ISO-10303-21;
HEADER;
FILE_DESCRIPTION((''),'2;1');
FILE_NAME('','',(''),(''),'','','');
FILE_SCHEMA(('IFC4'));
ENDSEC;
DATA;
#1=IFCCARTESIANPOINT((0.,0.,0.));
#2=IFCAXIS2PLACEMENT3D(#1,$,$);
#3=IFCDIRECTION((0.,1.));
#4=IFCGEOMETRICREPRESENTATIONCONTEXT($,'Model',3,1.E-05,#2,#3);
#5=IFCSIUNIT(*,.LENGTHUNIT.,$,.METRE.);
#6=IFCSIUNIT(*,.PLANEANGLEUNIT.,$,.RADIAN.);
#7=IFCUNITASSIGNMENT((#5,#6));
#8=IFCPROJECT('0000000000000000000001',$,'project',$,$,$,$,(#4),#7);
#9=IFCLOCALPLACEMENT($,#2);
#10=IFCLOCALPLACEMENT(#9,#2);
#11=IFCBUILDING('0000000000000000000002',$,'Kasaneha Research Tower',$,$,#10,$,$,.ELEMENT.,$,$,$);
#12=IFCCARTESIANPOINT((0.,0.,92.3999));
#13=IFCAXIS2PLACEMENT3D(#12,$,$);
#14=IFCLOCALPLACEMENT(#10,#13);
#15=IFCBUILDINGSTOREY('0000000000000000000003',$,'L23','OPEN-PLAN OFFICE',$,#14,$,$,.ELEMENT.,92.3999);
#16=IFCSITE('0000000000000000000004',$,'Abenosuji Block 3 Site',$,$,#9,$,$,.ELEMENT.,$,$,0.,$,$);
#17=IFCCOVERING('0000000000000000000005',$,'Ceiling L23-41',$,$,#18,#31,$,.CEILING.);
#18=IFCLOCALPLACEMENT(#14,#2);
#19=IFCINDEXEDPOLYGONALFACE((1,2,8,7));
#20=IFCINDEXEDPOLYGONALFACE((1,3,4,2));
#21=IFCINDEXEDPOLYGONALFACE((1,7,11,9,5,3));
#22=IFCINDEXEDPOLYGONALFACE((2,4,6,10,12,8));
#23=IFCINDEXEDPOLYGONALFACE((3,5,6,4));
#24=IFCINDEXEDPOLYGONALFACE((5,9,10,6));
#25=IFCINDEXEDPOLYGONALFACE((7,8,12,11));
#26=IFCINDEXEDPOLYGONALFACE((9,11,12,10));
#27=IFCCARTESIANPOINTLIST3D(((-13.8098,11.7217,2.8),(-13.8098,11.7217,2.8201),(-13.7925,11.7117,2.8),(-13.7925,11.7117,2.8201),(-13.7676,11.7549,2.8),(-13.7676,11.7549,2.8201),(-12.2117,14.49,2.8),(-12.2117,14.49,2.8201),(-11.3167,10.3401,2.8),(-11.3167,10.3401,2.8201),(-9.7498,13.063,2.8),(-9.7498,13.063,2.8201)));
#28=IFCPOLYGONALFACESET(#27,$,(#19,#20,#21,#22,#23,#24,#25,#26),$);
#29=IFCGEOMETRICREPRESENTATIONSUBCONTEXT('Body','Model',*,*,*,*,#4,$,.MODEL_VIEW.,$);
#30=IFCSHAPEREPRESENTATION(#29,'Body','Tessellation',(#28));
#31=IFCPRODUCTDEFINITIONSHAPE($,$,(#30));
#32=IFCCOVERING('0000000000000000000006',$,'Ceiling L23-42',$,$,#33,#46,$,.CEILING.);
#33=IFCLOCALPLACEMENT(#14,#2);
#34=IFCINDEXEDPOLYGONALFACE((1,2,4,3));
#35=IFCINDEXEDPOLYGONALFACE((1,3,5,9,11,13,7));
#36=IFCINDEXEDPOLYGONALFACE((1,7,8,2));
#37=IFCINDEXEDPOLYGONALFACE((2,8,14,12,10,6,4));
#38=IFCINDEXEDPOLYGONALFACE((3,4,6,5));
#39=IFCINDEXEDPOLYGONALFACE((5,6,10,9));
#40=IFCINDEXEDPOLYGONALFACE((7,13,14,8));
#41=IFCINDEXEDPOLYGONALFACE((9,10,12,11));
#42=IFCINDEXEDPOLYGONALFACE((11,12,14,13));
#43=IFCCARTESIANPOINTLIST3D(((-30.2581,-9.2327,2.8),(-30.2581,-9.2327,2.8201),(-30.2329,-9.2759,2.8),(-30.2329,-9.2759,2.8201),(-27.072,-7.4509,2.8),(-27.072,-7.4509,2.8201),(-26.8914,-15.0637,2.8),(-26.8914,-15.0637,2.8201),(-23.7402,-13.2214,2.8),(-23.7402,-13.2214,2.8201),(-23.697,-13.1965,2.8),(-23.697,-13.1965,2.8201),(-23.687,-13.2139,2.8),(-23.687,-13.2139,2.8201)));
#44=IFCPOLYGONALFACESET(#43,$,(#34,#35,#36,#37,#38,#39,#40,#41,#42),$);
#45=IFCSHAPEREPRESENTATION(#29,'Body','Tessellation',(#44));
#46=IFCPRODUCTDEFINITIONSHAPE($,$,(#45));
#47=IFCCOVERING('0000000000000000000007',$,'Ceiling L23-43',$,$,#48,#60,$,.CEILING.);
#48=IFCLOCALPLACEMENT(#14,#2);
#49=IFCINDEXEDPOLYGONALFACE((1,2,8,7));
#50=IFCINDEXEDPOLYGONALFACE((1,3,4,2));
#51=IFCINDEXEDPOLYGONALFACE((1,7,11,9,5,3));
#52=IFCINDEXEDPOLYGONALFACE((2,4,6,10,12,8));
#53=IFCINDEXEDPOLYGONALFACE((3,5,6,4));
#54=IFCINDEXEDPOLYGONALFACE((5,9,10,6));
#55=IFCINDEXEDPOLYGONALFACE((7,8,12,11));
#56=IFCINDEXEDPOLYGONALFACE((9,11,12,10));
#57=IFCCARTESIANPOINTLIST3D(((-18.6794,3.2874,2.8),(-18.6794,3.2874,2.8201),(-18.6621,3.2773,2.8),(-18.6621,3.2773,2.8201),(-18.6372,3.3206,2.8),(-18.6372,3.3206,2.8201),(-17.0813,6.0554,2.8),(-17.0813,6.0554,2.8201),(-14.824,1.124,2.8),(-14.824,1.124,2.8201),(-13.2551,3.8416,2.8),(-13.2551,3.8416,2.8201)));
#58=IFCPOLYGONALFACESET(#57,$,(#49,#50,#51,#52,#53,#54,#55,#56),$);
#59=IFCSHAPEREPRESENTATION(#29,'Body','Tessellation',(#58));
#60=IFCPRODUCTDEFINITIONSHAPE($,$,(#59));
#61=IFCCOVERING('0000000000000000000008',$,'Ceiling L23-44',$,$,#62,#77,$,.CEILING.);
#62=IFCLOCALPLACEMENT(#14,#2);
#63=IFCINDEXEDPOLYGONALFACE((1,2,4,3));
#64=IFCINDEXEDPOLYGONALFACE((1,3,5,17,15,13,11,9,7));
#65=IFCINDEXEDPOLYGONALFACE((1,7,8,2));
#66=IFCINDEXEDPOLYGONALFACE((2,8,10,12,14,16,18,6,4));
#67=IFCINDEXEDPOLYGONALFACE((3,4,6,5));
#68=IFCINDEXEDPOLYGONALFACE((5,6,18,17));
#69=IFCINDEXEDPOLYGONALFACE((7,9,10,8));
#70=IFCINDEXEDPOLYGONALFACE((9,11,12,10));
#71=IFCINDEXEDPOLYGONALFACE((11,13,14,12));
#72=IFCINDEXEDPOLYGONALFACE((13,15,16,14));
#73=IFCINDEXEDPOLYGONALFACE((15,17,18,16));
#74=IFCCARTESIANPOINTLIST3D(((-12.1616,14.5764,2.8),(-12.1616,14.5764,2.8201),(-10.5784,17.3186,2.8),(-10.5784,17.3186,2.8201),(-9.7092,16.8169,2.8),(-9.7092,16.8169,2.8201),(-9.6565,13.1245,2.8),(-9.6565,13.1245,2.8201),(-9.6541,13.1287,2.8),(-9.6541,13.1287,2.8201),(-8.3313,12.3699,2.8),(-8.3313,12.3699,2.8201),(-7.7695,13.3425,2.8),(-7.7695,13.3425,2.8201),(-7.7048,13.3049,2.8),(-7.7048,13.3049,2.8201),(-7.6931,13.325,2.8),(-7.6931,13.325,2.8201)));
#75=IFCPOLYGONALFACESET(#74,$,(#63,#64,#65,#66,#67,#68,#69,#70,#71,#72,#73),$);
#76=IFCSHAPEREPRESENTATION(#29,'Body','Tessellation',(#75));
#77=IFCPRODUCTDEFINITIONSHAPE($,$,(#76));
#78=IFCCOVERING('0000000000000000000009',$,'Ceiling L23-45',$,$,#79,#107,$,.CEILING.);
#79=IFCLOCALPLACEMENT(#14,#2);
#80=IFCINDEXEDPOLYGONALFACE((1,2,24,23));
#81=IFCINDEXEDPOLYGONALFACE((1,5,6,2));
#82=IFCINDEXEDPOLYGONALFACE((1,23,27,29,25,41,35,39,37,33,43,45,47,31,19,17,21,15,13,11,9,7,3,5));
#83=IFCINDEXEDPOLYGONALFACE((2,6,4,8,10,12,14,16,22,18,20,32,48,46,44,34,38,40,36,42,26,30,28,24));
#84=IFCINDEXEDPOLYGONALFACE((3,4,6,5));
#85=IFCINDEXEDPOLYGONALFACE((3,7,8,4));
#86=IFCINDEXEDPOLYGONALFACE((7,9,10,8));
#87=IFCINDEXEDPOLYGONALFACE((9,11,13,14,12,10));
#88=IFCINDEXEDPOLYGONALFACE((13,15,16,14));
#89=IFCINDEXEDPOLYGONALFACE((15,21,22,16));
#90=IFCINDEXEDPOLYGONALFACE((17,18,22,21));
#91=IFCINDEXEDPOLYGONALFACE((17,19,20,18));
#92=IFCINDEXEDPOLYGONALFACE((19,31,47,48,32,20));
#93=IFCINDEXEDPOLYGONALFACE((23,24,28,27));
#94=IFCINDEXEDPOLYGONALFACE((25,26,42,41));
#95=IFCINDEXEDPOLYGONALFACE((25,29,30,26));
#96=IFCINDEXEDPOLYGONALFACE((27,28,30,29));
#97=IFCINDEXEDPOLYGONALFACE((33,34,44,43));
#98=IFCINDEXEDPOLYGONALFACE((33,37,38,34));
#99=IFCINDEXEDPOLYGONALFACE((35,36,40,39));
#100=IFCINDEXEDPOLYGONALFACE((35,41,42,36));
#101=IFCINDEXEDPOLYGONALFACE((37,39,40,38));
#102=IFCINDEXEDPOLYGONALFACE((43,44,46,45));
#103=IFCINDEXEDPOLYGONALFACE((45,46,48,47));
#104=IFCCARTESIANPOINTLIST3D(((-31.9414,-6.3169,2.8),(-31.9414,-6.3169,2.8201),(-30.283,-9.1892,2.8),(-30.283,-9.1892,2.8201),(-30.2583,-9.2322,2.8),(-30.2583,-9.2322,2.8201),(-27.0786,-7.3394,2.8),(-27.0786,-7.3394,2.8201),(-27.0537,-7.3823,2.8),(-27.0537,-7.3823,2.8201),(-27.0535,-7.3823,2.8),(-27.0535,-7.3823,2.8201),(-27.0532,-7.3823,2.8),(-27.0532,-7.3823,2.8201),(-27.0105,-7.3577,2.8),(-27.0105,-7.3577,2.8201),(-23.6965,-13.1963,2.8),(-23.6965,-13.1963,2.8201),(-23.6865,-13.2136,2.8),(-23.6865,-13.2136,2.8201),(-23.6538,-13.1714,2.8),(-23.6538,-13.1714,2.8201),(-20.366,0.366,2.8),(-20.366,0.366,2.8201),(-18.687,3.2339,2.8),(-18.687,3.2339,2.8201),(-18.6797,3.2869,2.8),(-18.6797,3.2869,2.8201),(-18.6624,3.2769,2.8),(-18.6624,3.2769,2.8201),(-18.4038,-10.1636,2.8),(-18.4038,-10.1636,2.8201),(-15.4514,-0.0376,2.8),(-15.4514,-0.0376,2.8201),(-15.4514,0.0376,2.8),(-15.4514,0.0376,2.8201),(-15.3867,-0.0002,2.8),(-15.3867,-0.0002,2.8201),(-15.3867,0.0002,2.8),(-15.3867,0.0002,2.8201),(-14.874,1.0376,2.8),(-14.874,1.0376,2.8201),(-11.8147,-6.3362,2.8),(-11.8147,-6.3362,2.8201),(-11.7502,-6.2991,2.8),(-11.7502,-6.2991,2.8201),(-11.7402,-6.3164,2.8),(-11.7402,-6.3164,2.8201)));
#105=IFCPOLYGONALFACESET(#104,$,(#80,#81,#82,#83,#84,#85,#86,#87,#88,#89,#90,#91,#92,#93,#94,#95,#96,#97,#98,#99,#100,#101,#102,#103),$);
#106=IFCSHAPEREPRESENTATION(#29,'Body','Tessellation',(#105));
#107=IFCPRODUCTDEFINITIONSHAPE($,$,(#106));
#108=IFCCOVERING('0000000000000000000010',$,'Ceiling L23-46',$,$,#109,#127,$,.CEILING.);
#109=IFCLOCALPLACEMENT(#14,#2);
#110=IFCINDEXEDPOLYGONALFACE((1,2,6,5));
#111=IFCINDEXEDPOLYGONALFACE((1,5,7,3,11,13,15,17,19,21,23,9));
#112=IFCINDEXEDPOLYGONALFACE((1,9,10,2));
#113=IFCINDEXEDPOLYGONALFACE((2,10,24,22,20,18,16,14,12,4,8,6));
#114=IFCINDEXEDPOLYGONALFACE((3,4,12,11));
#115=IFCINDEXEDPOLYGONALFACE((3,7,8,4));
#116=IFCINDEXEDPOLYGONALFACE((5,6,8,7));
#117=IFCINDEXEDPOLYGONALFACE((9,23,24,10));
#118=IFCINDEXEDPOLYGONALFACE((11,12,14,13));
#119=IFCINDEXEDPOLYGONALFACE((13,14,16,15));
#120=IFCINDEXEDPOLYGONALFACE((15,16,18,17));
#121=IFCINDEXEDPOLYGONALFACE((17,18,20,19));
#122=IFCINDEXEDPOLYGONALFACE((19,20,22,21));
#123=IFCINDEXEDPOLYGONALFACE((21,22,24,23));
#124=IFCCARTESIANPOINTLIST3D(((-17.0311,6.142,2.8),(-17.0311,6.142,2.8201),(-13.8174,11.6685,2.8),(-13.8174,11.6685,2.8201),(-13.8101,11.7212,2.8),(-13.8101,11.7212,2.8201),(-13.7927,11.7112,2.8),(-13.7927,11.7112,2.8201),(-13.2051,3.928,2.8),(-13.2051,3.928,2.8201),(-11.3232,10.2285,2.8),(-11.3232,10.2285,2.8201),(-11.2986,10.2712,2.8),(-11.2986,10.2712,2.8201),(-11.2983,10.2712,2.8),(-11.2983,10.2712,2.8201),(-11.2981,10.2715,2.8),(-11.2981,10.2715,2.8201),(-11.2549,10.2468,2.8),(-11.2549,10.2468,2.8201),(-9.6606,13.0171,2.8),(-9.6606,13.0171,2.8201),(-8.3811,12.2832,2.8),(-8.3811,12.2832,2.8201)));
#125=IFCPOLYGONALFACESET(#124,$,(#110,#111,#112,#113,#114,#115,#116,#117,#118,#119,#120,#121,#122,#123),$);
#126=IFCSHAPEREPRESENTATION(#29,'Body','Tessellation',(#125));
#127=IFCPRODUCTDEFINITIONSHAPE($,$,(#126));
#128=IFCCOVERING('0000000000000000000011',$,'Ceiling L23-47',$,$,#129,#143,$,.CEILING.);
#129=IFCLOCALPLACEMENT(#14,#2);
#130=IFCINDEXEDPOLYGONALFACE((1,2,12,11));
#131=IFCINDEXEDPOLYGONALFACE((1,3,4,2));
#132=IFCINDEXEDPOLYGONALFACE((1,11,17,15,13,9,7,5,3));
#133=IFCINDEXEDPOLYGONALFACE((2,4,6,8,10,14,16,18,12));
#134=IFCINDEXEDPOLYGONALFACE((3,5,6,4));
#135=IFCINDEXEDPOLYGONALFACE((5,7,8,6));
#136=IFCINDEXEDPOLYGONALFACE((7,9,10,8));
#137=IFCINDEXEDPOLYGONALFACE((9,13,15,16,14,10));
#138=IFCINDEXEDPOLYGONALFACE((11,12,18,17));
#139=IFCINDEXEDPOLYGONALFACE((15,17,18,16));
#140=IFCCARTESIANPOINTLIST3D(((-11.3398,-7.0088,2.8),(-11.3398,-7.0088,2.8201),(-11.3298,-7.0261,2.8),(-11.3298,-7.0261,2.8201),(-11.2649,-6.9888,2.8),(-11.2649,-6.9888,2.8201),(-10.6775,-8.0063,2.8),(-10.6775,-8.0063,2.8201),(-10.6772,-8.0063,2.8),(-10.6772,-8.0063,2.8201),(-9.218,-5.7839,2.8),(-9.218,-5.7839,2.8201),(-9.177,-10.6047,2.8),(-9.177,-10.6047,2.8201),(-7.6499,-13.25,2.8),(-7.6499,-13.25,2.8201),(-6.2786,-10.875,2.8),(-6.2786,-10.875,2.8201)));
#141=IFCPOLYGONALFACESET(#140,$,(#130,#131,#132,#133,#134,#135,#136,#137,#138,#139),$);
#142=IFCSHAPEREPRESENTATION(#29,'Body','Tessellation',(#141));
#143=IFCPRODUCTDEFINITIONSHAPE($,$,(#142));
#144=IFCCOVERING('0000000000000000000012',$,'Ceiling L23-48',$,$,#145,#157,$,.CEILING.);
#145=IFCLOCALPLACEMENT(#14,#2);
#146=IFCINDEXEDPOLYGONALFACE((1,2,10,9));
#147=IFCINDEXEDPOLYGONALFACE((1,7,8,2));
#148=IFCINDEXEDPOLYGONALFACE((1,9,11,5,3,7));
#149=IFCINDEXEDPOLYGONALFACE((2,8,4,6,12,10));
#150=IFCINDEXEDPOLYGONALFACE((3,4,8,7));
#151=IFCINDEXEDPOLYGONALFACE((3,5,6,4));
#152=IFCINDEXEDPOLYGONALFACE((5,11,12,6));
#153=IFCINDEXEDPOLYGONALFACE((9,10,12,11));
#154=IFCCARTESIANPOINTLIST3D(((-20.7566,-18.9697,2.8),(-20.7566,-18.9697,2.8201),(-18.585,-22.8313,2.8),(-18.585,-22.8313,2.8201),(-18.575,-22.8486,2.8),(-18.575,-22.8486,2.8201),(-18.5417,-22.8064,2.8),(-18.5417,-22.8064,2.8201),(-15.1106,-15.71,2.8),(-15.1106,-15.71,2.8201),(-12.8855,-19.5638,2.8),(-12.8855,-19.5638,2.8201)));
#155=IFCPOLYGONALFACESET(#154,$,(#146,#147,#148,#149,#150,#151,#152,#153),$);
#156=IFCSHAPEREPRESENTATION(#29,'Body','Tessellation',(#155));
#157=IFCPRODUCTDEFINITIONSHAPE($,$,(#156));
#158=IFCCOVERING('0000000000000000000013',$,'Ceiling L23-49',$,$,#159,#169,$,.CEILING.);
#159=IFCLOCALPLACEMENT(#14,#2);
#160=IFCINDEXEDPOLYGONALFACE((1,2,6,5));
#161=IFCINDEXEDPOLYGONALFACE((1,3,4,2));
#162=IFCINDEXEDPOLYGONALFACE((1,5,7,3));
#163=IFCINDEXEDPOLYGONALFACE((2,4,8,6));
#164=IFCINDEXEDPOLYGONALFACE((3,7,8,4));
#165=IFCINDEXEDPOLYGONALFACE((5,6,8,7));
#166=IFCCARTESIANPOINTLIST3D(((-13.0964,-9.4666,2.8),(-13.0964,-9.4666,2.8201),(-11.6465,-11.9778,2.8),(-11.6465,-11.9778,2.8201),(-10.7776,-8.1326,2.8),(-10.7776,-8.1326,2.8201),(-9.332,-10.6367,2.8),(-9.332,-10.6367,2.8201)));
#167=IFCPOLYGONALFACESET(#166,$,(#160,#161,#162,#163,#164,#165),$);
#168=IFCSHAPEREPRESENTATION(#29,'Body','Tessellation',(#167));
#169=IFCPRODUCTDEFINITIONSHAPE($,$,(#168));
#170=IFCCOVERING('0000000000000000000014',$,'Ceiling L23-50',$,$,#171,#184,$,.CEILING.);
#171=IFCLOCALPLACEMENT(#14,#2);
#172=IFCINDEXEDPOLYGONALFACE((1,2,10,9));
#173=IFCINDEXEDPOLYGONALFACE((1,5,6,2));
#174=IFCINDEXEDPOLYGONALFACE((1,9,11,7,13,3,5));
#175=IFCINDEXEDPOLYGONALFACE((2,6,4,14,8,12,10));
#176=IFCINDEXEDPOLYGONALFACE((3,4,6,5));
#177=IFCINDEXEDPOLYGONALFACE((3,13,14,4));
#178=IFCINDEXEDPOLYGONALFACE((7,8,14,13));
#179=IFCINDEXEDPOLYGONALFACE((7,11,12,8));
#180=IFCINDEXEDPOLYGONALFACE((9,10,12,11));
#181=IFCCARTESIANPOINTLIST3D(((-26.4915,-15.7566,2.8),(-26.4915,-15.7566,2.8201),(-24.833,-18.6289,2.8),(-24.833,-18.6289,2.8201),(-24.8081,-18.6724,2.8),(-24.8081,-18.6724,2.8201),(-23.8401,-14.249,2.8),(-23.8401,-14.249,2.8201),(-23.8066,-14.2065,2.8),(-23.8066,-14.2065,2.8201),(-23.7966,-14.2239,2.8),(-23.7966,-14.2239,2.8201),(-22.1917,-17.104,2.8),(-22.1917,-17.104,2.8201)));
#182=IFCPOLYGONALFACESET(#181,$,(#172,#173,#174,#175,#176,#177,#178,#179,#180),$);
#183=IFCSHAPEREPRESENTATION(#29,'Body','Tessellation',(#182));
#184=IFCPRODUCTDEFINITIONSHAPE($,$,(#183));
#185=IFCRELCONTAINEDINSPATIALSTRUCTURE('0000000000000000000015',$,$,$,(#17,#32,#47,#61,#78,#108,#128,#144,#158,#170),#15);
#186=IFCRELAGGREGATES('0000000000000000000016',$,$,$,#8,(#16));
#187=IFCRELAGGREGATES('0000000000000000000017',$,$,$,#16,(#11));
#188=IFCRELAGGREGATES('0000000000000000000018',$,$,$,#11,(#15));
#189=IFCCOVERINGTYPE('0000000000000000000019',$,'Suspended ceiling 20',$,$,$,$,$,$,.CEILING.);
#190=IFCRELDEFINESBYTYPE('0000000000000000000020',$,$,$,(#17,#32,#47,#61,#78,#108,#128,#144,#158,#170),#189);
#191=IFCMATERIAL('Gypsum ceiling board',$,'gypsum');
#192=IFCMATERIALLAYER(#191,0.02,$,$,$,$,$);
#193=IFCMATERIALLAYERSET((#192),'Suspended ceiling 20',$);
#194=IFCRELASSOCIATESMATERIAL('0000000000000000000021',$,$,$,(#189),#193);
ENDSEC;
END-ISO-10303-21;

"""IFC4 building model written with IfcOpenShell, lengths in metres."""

from ifc_helpers import new_model, si_unit, direction, frame, origin, place, context, subcontext, project, spatial, polyline, outline, extrude, material, layer, layer_set, type_object, element, save


model = new_model("IFC4")

# Units and contexts
model_context = context("Model", 3, precision=1e-05, world=origin(), true_north=direction((0.0, 1.0)))
body_context = subcontext(model_context, "Body", "Model", "MODEL_VIEW")
ifc_project = project(units=[si_unit("LENGTHUNIT", "METRE"), si_unit("PLANEANGLEUNIT", "RADIAN")], contexts=[model_context])

# Site, building, storey
site_placement = place(None, origin())
site = spatial("IfcSite", under=ifc_project, at=site_placement, Name="Abenosuji Block 3 Site", CompositionType="ELEMENT", RefElevation=0.0)
building_placement = place(site_placement, origin())
building = spatial("IfcBuilding", under=site, at=building_placement, Name="Kasaneha Research Tower", CompositionType="ELEMENT")
storey_placement = place(building_placement, frame((0.0, 0.0, 92.3999)))
storey = spatial("IfcBuildingStorey", under=building, at=storey_placement, Name="L23", Description="OPEN-PLAN OFFICE", CompositionType="ELEMENT", Elevation=92.3999)

# Coverings
ifc_material_1 = material(Name="Gypsum ceiling board", Category="gypsum")
ifc_layer_1 = layer(ifc_material_1, 0.02)
ifc_layer_set_1 = layer_set([ifc_layer_1], Name="Suspended ceiling 20")
covering_type = type_object("IfcCoveringType", Name="Suspended ceiling 20", PredefinedType="CEILING", material=ifc_layer_set_1)
covering_1_placement = place(storey_placement, frame((0.0, 0.0, 2.8)))
element("IfcCovering", 1, at=covering_1_placement, inside=storey, type_object=covering_type, Name="Ceiling L23-41", PredefinedType="CEILING", context=body_context, shape_type="SweptSolid", body=[
    extrude(outline(polyline([(-12.2117, 14.49), (-9.7498, 13.063), (-11.3167, 10.3401), (-13.7676, 11.7549), (-13.7925, 11.7117), (-13.8098, 11.7217), (-12.2117, 14.49)])), origin(), (0.0, 0.0, 1.0), 0.02),
])
covering_2_placement = place(storey_placement, frame((0.0, 0.0, 2.8)))
element("IfcCovering", 2, at=covering_2_placement, inside=storey, type_object=covering_type, Name="Ceiling L23-42", PredefinedType="CEILING", context=body_context, shape_type="SweptSolid", body=[
    extrude(outline(polyline([(-30.2581, -9.2327), (-30.2329, -9.2759), (-27.072, -7.4509), (-23.7402, -13.2214), (-23.697, -13.1965), (-23.687, -13.2139), (-26.8914, -15.0637), (-30.2581, -9.2327), (-30.2581, -9.2327)])), origin(), (0.0, 0.0, 1.0), 0.02),
])
covering_3_placement = place(storey_placement, frame((0.0, 0.0, 2.8)))
element("IfcCovering", 3, at=covering_3_placement, inside=storey, type_object=covering_type, Name="Ceiling L23-43", PredefinedType="CEILING", context=body_context, shape_type="SweptSolid", body=[
    extrude(outline(polyline([(-18.6794, 3.2874), (-17.0813, 6.0554), (-13.2551, 3.8416), (-14.824, 1.124), (-18.6372, 3.3206), (-18.6621, 3.2773), (-18.6794, 3.2874)])), origin(), (0.0, 0.0, 1.0), 0.02),
])
covering_4_placement = place(storey_placement, frame((0.0, 0.0, 2.8)))
element("IfcCovering", 4, at=covering_4_placement, inside=storey, type_object=covering_type, Name="Ceiling L23-44", PredefinedType="CEILING", context=body_context, shape_type="SweptSolid", body=[
    extrude(outline(polyline([(-10.5784, 17.3186), (-9.7092, 16.8169), (-7.6931, 13.325), (-7.7048, 13.3049), (-7.7695, 13.3425), (-8.3313, 12.3699), (-9.6541, 13.1287), (-9.6565, 13.1245), (-12.1616, 14.5764), (-12.1865, 14.5332), (-12.1865, 14.5332), (-10.5784, 17.3186)])), origin(), (0.0, 0.0, 1.0), 0.02),
])
covering_5_placement = place(storey_placement, frame((0.0, 0.0, 2.8)))
element("IfcCovering", 5, at=covering_5_placement, inside=storey, type_object=covering_type, Name="Ceiling L23-45", PredefinedType="CEILING", context=body_context, shape_type="SweptSolid", body=[
    extrude(outline(polyline([(-27.0537, -7.3823), (-27.0786, -7.3394), (-30.283, -9.1892), (-30.2583, -9.2322), (-30.2583, -9.2322), (-31.9414, -6.3169), (-20.366, 0.366), (-18.6797, 3.2869), (-18.6624, 3.2769), (-18.687, 3.2339), (-14.874, 1.0376), (-15.4514, 0.0376), (-15.3867, 0.0002), (-15.3867, -0.0002), (-15.3867, -0.0002), (-15.4514, -0.0376), (-11.8147, -6.3362), (-11.7502, -6.2991), (-11.7402, -6.3164), (-18.4038, -10.1636), (-23.6865, -13.2136), (-23.6965, -13.1963), (-23.6538, -13.1714), (-27.0105, -7.3577), (-27.0532, -7.3823), (-27.0535, -7.3823), (-27.0537, -7.3823)])), origin(), (0.0, 0.0, 1.0), 0.02),
])
covering_6_placement = place(storey_placement, frame((0.0, 0.0, 2.8)))
element("IfcCovering", 6, at=covering_6_placement, inside=storey, type_object=covering_type, Name="Ceiling L23-46", PredefinedType="CEILING", context=body_context, shape_type="SweptSolid", body=[
    extrude(outline(polyline([(-11.2981, 10.2715), (-11.2549, 10.2468), (-9.6606, 13.0171), (-8.3811, 12.2832), (-13.2051, 3.928), (-17.0312, 6.1421), (-17.0559, 6.0991), (-17.0559, 6.0991), (-13.8101, 11.7212), (-13.7927, 11.7112), (-13.8174, 11.6685), (-11.3232, 10.2285), (-11.2986, 10.2712), (-11.2983, 10.2712), (-11.2981, 10.2715)])), origin(), (0.0, 0.0, 1.0), 0.02),
])
covering_7_placement = place(storey_placement, frame((0.0, 0.0, 2.8)))
element("IfcCovering", 7, at=covering_7_placement, inside=storey, type_object=covering_type, Name="Ceiling L23-47", PredefinedType="CEILING", context=body_context, shape_type="SweptSolid", body=[
    extrude(outline(polyline([(-7.6499, -13.25), (-9.177, -10.6047), (-9.177, -10.6047), (-10.6772, -8.0063), (-10.6775, -8.0063), (-11.2649, -6.9888), (-11.3298, -7.0261), (-11.3398, -7.0088), (-9.218, -5.7839), (-6.2786, -10.875), (-7.6499, -13.25)])), origin(), (0.0, 0.0, 1.0), 0.02),
])
covering_8_placement = place(storey_placement, frame((0.0, 0.0, 2.8)))
element("IfcCovering", 8, at=covering_8_placement, inside=storey, type_object=covering_type, Name="Ceiling L23-48", PredefinedType="CEILING", context=body_context, shape_type="SweptSolid", body=[
    extrude(outline(polyline([(-18.575, -22.8486), (-18.585, -22.8313), (-18.5417, -22.8064), (-20.7566, -18.9697), (-15.1106, -15.71), (-12.8855, -19.5637), (-12.8423, -19.5388), (-12.8423, -19.5388), (-18.575, -22.8486)])), origin(), (0.0, 0.0, 1.0), 0.02),
])
covering_9_placement = place(storey_placement, frame((0.0, 0.0, 2.8)))
element("IfcCovering", 9, at=covering_9_placement, inside=storey, type_object=covering_type, Name="Ceiling L23-49", PredefinedType="CEILING", context=body_context, shape_type="SweptSolid", body=[
    extrude(outline(polyline([(-9.332, -10.6367), (-11.6465, -11.9778), (-13.0964, -9.4666), (-10.7776, -8.1326), (-9.332, -10.6367)])), origin(), (0.0, 0.0, 1.0), 0.02),
])
covering_10_placement = place(storey_placement, frame((0.0, 0.0, 2.8)))
element("IfcCovering", 10, at=covering_10_placement, inside=storey, type_object=covering_type, Name="Ceiling L23-50", PredefinedType="CEILING", context=body_context, shape_type="SweptSolid", body=[
    extrude(outline(polyline([(-23.8066, -14.2065), (-23.7966, -14.2239), (-23.8401, -14.249), (-22.1917, -17.104), (-24.833, -18.6289), (-24.8081, -18.6724), (-24.8081, -18.6724), (-26.4915, -15.7566), (-23.8066, -14.2065)])), origin(), (0.0, 0.0, 1.0), 0.02),
])

save(model, "model.ifc")
